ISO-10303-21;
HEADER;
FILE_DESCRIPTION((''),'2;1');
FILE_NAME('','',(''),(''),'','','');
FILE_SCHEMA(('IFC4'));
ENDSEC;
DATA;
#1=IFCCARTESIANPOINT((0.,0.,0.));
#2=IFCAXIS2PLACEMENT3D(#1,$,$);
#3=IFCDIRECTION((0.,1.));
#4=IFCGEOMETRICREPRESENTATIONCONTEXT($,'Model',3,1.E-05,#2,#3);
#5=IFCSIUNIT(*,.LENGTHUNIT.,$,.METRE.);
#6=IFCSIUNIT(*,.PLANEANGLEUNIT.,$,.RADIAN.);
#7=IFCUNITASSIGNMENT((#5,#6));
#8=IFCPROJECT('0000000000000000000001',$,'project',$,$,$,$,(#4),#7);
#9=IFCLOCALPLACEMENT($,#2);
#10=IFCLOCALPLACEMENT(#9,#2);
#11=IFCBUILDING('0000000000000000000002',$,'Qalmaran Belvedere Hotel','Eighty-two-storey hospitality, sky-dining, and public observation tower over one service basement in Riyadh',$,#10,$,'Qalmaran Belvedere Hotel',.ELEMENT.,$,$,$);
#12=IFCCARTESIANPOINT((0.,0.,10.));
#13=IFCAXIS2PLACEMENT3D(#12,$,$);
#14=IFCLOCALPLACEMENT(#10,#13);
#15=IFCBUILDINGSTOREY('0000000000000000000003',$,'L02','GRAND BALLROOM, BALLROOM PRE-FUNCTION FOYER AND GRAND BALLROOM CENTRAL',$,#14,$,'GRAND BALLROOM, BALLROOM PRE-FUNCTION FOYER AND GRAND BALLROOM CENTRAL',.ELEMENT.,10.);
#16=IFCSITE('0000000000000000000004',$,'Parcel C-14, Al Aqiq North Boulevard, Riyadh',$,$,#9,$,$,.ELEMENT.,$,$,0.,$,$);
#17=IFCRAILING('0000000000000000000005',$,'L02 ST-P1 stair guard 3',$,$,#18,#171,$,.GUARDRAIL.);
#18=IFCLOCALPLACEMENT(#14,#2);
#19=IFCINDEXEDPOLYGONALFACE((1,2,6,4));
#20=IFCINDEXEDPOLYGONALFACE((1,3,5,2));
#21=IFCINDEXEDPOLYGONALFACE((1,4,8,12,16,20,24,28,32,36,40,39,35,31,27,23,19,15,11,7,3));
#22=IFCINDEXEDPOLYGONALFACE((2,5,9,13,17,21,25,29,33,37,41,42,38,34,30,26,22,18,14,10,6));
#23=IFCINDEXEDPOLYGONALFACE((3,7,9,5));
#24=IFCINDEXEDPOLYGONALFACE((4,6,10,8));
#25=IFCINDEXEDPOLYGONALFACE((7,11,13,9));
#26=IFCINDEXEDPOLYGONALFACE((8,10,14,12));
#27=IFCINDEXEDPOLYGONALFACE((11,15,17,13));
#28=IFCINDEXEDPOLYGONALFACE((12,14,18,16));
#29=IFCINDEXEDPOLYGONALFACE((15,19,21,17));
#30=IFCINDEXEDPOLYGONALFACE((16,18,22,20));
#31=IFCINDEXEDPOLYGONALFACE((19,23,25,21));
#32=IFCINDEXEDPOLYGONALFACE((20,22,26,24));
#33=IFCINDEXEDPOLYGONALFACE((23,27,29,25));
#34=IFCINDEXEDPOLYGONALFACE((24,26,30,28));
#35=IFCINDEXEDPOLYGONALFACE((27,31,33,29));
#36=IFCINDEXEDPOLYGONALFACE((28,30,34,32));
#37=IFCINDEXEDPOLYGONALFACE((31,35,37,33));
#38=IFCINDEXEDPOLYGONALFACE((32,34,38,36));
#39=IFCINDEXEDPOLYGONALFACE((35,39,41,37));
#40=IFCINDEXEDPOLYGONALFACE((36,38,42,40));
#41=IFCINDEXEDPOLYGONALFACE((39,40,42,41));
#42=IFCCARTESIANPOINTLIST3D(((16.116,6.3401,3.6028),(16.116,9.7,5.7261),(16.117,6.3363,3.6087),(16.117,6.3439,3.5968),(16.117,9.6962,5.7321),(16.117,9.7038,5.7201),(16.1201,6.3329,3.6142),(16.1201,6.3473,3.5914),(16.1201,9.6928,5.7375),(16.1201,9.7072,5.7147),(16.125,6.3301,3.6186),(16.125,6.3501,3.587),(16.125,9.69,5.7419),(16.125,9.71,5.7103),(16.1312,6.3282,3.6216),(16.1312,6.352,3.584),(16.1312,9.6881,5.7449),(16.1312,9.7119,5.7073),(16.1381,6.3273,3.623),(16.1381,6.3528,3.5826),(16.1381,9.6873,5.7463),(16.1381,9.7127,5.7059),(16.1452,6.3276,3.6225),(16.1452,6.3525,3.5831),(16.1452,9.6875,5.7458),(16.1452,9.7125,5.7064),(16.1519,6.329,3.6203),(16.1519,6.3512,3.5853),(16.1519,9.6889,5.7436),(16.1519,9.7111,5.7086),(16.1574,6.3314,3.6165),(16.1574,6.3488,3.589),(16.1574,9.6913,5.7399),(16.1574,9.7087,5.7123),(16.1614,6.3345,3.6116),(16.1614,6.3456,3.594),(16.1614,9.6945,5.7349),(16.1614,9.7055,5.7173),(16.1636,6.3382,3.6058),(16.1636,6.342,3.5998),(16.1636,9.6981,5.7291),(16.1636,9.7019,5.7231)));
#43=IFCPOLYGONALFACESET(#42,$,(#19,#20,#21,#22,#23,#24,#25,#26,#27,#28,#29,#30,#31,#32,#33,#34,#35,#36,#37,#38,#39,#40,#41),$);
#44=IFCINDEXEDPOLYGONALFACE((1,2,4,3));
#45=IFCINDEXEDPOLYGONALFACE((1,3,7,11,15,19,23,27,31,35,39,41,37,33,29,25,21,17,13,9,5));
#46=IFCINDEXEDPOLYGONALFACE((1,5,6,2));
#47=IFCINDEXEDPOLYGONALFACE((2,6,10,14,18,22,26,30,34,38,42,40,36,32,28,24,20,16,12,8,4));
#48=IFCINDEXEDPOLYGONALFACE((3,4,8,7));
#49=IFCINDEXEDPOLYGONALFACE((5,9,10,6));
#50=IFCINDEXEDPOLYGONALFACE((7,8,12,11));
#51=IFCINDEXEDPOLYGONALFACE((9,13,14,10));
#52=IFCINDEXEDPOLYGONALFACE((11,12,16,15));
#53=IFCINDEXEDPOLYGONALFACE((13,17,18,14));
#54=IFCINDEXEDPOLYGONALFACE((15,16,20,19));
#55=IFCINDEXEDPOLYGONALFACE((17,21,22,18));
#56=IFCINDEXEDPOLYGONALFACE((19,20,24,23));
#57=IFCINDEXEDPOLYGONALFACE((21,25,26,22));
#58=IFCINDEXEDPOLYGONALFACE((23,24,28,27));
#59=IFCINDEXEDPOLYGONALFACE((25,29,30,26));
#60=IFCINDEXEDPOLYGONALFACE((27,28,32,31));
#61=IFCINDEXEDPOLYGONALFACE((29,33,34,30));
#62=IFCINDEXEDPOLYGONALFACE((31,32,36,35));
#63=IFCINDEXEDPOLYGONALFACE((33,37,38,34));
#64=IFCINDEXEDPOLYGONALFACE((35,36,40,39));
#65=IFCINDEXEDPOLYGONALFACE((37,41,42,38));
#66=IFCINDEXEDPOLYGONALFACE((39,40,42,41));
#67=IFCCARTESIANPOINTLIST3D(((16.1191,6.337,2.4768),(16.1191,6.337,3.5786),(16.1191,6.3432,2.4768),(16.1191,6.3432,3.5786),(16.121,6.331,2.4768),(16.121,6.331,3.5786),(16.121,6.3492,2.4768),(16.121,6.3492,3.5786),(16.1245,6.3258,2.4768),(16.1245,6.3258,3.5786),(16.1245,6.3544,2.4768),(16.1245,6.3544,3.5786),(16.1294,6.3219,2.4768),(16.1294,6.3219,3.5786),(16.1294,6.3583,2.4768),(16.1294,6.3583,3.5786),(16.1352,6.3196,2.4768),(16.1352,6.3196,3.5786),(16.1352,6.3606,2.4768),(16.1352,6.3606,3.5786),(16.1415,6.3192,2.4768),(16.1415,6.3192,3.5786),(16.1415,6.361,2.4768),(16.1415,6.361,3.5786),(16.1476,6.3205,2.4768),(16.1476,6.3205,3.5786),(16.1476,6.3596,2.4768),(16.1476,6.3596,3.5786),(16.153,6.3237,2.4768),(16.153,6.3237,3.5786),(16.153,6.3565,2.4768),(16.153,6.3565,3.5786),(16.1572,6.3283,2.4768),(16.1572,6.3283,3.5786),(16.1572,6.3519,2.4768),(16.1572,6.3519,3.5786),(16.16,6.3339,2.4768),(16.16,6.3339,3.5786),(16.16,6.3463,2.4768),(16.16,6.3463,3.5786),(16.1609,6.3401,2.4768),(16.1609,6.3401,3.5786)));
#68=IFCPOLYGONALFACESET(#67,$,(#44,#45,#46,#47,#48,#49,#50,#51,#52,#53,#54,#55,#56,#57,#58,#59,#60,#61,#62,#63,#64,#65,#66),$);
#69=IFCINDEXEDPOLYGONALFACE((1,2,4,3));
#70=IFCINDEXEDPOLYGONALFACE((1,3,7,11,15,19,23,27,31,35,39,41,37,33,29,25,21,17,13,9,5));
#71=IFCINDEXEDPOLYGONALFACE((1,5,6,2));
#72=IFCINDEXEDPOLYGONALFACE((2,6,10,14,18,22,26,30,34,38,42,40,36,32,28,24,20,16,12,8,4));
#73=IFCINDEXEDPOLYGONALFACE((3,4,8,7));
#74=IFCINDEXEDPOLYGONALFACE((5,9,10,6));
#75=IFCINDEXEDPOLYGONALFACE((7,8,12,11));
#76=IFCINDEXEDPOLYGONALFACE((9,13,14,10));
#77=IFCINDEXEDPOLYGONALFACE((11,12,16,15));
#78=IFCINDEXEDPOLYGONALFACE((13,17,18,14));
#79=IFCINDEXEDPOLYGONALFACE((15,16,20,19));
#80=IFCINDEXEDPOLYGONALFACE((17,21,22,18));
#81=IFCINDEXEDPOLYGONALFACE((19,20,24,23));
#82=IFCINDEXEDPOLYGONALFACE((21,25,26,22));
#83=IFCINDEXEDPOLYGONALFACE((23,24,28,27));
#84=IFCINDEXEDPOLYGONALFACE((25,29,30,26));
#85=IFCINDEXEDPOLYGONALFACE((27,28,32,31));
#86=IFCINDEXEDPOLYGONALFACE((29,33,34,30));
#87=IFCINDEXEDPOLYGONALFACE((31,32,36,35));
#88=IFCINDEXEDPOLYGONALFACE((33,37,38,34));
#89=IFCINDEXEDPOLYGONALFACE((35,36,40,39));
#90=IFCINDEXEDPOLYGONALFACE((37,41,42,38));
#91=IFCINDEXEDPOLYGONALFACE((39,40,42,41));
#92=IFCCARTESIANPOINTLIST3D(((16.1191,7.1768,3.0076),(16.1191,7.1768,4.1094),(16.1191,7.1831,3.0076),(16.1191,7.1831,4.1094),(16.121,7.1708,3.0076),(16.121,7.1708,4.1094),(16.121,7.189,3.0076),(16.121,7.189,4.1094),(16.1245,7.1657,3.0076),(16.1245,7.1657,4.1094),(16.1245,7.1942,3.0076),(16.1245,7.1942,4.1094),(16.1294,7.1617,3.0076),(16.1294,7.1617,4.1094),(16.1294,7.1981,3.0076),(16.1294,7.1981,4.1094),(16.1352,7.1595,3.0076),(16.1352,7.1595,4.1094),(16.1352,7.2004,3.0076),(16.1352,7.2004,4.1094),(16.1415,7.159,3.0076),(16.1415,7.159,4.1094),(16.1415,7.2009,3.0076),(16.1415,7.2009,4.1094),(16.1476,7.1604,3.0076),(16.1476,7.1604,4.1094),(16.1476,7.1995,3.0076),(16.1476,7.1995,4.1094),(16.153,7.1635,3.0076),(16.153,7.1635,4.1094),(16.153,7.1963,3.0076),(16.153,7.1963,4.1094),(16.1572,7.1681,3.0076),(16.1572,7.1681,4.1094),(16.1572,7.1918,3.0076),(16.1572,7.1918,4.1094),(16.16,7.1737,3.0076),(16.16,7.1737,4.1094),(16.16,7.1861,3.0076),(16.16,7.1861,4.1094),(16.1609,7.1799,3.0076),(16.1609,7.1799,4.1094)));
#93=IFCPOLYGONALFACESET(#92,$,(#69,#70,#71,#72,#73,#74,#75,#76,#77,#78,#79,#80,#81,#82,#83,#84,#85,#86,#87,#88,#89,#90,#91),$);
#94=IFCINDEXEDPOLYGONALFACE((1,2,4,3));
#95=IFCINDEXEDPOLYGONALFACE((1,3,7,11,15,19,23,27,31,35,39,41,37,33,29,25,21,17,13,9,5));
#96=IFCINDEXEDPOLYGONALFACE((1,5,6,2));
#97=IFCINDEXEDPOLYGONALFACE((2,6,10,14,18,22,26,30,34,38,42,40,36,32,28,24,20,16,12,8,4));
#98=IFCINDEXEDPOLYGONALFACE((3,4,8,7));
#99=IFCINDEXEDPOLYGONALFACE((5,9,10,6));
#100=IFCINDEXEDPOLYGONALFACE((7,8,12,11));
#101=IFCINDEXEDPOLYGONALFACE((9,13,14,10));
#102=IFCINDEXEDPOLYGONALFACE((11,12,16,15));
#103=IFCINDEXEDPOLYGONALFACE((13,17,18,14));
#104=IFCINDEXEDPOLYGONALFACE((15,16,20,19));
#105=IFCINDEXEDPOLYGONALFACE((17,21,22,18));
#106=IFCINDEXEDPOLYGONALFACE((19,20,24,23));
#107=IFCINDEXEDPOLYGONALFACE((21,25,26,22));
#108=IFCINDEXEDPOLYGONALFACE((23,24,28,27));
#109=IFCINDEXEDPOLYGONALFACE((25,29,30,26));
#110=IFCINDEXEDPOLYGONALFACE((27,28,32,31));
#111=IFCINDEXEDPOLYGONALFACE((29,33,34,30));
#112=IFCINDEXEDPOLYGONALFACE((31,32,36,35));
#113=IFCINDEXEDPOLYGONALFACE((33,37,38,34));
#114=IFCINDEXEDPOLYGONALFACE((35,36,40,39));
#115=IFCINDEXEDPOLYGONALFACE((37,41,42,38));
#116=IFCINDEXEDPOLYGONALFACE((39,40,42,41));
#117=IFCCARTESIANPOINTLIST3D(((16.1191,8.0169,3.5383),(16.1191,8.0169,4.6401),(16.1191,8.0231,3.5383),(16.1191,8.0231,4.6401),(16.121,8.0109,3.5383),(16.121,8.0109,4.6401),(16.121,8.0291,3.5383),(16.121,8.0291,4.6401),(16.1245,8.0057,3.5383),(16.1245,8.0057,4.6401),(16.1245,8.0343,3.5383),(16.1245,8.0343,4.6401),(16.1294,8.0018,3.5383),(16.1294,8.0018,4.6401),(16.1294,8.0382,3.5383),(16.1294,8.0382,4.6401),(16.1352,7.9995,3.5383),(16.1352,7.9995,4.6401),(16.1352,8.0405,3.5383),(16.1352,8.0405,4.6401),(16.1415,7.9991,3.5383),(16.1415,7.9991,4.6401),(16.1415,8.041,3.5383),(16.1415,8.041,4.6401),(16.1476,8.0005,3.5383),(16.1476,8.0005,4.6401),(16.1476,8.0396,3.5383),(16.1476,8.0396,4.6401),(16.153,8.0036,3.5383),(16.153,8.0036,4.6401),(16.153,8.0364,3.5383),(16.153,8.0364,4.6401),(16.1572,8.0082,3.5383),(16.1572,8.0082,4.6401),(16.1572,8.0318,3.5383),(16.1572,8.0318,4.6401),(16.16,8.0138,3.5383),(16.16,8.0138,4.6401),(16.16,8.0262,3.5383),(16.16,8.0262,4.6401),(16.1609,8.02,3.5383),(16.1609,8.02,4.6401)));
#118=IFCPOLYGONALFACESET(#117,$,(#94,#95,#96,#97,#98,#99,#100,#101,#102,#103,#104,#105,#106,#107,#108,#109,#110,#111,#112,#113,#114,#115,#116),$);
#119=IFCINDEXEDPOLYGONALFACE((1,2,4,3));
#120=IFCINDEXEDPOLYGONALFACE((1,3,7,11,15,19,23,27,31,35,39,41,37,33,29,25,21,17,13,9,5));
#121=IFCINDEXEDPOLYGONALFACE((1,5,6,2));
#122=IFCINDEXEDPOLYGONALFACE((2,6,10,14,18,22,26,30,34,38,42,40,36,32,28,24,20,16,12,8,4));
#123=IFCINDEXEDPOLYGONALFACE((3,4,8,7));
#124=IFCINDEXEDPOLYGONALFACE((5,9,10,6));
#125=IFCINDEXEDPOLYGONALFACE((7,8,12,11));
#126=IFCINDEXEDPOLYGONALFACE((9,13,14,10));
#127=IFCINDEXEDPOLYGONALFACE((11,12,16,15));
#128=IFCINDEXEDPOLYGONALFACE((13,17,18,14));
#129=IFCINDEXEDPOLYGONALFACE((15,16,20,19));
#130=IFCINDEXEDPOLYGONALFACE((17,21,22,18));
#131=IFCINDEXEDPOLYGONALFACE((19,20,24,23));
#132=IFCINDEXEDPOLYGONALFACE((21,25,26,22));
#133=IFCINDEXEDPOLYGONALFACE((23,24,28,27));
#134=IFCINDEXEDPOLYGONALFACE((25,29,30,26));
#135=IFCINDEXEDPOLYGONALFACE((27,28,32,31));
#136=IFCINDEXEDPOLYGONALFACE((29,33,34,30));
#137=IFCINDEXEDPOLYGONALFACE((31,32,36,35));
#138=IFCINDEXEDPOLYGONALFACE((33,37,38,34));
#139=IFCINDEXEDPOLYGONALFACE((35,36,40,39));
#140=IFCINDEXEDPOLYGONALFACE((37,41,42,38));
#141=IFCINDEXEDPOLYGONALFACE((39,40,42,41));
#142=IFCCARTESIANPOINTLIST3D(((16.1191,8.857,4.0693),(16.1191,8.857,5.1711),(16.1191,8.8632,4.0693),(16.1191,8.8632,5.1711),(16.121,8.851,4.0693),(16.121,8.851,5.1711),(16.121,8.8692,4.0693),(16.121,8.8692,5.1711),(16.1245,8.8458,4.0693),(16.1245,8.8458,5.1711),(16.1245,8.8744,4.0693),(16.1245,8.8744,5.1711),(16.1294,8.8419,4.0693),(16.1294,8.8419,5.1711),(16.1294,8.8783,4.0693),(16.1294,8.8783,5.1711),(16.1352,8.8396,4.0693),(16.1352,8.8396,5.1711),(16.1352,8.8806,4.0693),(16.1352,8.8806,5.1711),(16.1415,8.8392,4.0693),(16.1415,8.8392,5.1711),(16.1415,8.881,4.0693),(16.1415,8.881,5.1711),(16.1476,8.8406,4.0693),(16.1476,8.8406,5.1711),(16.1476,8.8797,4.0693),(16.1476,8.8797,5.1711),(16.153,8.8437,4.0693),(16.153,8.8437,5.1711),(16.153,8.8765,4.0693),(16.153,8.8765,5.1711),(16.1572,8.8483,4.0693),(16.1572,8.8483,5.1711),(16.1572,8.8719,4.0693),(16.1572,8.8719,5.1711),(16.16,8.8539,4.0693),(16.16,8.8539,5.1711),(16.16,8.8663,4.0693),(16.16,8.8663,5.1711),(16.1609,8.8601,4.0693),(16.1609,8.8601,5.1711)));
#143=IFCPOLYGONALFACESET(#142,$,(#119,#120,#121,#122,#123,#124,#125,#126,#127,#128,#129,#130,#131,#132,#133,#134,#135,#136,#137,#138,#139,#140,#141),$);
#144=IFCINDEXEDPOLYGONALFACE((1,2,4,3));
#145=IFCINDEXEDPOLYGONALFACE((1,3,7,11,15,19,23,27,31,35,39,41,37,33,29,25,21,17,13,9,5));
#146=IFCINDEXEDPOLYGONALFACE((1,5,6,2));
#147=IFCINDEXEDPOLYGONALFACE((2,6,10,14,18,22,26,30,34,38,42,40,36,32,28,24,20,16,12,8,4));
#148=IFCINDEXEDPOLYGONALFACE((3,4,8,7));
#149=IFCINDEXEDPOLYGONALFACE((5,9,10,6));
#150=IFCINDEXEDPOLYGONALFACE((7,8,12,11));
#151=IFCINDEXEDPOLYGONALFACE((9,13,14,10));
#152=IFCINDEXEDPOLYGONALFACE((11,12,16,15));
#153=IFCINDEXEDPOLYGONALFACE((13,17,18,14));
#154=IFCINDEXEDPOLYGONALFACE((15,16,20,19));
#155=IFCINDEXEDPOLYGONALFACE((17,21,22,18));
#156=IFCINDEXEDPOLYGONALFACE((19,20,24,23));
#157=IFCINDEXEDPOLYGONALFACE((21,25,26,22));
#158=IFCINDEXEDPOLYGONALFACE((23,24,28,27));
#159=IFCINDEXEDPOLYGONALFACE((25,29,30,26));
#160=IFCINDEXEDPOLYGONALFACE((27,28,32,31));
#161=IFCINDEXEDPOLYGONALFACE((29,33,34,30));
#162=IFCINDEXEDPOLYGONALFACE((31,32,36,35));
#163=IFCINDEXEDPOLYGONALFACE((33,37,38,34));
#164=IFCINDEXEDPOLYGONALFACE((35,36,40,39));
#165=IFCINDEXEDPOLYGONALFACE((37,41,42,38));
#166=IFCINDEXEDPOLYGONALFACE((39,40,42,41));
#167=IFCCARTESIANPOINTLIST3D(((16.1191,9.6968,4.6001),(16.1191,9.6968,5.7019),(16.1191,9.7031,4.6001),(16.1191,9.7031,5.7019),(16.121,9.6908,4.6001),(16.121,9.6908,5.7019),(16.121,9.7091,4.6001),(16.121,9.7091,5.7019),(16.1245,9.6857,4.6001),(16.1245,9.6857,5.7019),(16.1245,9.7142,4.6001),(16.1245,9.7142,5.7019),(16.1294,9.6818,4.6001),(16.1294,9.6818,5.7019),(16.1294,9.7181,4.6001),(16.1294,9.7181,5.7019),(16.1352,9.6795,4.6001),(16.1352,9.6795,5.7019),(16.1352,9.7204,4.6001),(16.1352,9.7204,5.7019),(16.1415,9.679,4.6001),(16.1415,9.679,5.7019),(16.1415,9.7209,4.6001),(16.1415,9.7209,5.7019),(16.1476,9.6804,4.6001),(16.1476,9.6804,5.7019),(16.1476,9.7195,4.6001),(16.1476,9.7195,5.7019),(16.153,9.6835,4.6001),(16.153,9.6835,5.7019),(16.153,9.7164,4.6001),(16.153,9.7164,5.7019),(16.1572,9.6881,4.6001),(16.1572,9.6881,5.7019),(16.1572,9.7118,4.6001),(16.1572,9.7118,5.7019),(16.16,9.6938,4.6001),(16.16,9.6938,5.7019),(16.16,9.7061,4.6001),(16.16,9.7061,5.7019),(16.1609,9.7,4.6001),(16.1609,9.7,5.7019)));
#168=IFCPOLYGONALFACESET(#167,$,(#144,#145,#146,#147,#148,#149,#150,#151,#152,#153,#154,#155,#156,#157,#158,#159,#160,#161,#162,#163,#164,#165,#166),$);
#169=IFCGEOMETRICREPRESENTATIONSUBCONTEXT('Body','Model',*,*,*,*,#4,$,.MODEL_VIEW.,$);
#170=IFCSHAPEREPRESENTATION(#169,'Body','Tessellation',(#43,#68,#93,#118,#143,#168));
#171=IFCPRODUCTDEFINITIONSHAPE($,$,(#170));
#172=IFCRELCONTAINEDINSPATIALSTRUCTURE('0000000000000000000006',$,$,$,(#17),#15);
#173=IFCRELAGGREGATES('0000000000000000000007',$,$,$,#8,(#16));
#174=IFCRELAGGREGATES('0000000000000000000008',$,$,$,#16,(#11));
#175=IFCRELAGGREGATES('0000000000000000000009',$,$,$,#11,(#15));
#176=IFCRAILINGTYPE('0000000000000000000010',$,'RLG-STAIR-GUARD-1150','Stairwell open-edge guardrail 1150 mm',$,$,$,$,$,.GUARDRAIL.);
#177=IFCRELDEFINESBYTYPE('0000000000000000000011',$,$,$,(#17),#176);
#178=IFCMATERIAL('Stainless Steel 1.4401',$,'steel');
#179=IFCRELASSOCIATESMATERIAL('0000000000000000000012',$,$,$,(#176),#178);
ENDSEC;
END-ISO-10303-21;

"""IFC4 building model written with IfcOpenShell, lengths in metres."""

from ifc_helpers import new_model, si_unit, direction, frame, origin, origin_2d, place, context, subcontext, project, spatial, circle, extrude, material, type_object, element, save


model = new_model("IFC4")

# Units and contexts
model_context = context("Model", 3, precision=1e-05, world=origin(), true_north=direction((0.0, 1.0)))
body_context = subcontext(model_context, "Body", "Model", "MODEL_VIEW")
ifc_project = project(units=[si_unit("LENGTHUNIT", "METRE"), si_unit("PLANEANGLEUNIT", "RADIAN")], contexts=[model_context])

# Site, building, storey
site_placement = place(None, origin())
site = spatial("IfcSite", under=ifc_project, at=site_placement, Name="Parcel C-14, Al Aqiq North Boulevard, Riyadh", CompositionType="ELEMENT", RefElevation=0.0)
building_placement = place(site_placement, origin())
building = spatial("IfcBuilding", under=site, at=building_placement, Name="Qalmaran Belvedere Hotel", Description="Eighty-two-storey hospitality, sky-dining, and public observation tower over one service basement in Riyadh", LongName="Qalmaran Belvedere Hotel", CompositionType="ELEMENT")
storey_placement = place(building_placement, frame((0.0, 0.0, 10.0)))
storey = spatial("IfcBuildingStorey", under=building, at=storey_placement, Name="L02", Description="GRAND BALLROOM, BALLROOM PRE-FUNCTION FOYER AND GRAND BALLROOM CENTRAL", LongName="GRAND BALLROOM, BALLROOM PRE-FUNCTION FOYER AND GRAND BALLROOM CENTRAL", CompositionType="ELEMENT", Elevation=10.0)

# Railing
ifc_material_1 = material(Name="Stainless Steel 1.4401", Category="steel")
railing_type_1 = type_object("IfcRailingType", Name="RLG-STAIR-GUARD-1150", Description="Stairwell open-edge guardrail 1150 mm", PredefinedType="GUARDRAIL", material=ifc_material_1)
railing_1_placement = place(storey_placement, frame((16.1399, 6.3401, 2.4768)))
element("IfcRailing", 1, at=railing_1_placement, inside=storey, type_object=railing_type_1, Name="L02 ST-P1 stair guard 3", PredefinedType="GUARDRAIL", context=body_context, shape_type="SweptSolid", body=[
    extrude(circle(Radius=0.0239, at=origin_2d()), frame((0.0, 0.0, 1.126), z_axis=(0.0, 0.845344, 0.534222), x_axis=(-1.0, 0.0, 0.0)), (0.0, 0.0, 1.0), 3.9746),
    extrude(circle(Radius=0.021, at=origin_2d()), origin(), (0.0, 0.0, 1.0), 1.1018),
    extrude(circle(Radius=0.021, at=origin_2d()), frame((0.0, 0.8398, 0.5308)), (0.0, 0.0, 1.0), 1.1018),
    extrude(circle(Radius=0.021, at=origin_2d()), frame((0.0, 1.6799, 1.0615)), (0.0, 0.0, 1.0), 1.1018),
    extrude(circle(Radius=0.021, at=origin_2d()), frame((0.0, 2.52, 1.5925)), (0.0, 0.0, 1.0), 1.1018),
    extrude(circle(Radius=0.021, at=origin_2d()), frame((0.0, 3.3599, 2.1233)), (0.0, 0.0, 1.0), 1.1018),
])

save(model, "model.ifc")
